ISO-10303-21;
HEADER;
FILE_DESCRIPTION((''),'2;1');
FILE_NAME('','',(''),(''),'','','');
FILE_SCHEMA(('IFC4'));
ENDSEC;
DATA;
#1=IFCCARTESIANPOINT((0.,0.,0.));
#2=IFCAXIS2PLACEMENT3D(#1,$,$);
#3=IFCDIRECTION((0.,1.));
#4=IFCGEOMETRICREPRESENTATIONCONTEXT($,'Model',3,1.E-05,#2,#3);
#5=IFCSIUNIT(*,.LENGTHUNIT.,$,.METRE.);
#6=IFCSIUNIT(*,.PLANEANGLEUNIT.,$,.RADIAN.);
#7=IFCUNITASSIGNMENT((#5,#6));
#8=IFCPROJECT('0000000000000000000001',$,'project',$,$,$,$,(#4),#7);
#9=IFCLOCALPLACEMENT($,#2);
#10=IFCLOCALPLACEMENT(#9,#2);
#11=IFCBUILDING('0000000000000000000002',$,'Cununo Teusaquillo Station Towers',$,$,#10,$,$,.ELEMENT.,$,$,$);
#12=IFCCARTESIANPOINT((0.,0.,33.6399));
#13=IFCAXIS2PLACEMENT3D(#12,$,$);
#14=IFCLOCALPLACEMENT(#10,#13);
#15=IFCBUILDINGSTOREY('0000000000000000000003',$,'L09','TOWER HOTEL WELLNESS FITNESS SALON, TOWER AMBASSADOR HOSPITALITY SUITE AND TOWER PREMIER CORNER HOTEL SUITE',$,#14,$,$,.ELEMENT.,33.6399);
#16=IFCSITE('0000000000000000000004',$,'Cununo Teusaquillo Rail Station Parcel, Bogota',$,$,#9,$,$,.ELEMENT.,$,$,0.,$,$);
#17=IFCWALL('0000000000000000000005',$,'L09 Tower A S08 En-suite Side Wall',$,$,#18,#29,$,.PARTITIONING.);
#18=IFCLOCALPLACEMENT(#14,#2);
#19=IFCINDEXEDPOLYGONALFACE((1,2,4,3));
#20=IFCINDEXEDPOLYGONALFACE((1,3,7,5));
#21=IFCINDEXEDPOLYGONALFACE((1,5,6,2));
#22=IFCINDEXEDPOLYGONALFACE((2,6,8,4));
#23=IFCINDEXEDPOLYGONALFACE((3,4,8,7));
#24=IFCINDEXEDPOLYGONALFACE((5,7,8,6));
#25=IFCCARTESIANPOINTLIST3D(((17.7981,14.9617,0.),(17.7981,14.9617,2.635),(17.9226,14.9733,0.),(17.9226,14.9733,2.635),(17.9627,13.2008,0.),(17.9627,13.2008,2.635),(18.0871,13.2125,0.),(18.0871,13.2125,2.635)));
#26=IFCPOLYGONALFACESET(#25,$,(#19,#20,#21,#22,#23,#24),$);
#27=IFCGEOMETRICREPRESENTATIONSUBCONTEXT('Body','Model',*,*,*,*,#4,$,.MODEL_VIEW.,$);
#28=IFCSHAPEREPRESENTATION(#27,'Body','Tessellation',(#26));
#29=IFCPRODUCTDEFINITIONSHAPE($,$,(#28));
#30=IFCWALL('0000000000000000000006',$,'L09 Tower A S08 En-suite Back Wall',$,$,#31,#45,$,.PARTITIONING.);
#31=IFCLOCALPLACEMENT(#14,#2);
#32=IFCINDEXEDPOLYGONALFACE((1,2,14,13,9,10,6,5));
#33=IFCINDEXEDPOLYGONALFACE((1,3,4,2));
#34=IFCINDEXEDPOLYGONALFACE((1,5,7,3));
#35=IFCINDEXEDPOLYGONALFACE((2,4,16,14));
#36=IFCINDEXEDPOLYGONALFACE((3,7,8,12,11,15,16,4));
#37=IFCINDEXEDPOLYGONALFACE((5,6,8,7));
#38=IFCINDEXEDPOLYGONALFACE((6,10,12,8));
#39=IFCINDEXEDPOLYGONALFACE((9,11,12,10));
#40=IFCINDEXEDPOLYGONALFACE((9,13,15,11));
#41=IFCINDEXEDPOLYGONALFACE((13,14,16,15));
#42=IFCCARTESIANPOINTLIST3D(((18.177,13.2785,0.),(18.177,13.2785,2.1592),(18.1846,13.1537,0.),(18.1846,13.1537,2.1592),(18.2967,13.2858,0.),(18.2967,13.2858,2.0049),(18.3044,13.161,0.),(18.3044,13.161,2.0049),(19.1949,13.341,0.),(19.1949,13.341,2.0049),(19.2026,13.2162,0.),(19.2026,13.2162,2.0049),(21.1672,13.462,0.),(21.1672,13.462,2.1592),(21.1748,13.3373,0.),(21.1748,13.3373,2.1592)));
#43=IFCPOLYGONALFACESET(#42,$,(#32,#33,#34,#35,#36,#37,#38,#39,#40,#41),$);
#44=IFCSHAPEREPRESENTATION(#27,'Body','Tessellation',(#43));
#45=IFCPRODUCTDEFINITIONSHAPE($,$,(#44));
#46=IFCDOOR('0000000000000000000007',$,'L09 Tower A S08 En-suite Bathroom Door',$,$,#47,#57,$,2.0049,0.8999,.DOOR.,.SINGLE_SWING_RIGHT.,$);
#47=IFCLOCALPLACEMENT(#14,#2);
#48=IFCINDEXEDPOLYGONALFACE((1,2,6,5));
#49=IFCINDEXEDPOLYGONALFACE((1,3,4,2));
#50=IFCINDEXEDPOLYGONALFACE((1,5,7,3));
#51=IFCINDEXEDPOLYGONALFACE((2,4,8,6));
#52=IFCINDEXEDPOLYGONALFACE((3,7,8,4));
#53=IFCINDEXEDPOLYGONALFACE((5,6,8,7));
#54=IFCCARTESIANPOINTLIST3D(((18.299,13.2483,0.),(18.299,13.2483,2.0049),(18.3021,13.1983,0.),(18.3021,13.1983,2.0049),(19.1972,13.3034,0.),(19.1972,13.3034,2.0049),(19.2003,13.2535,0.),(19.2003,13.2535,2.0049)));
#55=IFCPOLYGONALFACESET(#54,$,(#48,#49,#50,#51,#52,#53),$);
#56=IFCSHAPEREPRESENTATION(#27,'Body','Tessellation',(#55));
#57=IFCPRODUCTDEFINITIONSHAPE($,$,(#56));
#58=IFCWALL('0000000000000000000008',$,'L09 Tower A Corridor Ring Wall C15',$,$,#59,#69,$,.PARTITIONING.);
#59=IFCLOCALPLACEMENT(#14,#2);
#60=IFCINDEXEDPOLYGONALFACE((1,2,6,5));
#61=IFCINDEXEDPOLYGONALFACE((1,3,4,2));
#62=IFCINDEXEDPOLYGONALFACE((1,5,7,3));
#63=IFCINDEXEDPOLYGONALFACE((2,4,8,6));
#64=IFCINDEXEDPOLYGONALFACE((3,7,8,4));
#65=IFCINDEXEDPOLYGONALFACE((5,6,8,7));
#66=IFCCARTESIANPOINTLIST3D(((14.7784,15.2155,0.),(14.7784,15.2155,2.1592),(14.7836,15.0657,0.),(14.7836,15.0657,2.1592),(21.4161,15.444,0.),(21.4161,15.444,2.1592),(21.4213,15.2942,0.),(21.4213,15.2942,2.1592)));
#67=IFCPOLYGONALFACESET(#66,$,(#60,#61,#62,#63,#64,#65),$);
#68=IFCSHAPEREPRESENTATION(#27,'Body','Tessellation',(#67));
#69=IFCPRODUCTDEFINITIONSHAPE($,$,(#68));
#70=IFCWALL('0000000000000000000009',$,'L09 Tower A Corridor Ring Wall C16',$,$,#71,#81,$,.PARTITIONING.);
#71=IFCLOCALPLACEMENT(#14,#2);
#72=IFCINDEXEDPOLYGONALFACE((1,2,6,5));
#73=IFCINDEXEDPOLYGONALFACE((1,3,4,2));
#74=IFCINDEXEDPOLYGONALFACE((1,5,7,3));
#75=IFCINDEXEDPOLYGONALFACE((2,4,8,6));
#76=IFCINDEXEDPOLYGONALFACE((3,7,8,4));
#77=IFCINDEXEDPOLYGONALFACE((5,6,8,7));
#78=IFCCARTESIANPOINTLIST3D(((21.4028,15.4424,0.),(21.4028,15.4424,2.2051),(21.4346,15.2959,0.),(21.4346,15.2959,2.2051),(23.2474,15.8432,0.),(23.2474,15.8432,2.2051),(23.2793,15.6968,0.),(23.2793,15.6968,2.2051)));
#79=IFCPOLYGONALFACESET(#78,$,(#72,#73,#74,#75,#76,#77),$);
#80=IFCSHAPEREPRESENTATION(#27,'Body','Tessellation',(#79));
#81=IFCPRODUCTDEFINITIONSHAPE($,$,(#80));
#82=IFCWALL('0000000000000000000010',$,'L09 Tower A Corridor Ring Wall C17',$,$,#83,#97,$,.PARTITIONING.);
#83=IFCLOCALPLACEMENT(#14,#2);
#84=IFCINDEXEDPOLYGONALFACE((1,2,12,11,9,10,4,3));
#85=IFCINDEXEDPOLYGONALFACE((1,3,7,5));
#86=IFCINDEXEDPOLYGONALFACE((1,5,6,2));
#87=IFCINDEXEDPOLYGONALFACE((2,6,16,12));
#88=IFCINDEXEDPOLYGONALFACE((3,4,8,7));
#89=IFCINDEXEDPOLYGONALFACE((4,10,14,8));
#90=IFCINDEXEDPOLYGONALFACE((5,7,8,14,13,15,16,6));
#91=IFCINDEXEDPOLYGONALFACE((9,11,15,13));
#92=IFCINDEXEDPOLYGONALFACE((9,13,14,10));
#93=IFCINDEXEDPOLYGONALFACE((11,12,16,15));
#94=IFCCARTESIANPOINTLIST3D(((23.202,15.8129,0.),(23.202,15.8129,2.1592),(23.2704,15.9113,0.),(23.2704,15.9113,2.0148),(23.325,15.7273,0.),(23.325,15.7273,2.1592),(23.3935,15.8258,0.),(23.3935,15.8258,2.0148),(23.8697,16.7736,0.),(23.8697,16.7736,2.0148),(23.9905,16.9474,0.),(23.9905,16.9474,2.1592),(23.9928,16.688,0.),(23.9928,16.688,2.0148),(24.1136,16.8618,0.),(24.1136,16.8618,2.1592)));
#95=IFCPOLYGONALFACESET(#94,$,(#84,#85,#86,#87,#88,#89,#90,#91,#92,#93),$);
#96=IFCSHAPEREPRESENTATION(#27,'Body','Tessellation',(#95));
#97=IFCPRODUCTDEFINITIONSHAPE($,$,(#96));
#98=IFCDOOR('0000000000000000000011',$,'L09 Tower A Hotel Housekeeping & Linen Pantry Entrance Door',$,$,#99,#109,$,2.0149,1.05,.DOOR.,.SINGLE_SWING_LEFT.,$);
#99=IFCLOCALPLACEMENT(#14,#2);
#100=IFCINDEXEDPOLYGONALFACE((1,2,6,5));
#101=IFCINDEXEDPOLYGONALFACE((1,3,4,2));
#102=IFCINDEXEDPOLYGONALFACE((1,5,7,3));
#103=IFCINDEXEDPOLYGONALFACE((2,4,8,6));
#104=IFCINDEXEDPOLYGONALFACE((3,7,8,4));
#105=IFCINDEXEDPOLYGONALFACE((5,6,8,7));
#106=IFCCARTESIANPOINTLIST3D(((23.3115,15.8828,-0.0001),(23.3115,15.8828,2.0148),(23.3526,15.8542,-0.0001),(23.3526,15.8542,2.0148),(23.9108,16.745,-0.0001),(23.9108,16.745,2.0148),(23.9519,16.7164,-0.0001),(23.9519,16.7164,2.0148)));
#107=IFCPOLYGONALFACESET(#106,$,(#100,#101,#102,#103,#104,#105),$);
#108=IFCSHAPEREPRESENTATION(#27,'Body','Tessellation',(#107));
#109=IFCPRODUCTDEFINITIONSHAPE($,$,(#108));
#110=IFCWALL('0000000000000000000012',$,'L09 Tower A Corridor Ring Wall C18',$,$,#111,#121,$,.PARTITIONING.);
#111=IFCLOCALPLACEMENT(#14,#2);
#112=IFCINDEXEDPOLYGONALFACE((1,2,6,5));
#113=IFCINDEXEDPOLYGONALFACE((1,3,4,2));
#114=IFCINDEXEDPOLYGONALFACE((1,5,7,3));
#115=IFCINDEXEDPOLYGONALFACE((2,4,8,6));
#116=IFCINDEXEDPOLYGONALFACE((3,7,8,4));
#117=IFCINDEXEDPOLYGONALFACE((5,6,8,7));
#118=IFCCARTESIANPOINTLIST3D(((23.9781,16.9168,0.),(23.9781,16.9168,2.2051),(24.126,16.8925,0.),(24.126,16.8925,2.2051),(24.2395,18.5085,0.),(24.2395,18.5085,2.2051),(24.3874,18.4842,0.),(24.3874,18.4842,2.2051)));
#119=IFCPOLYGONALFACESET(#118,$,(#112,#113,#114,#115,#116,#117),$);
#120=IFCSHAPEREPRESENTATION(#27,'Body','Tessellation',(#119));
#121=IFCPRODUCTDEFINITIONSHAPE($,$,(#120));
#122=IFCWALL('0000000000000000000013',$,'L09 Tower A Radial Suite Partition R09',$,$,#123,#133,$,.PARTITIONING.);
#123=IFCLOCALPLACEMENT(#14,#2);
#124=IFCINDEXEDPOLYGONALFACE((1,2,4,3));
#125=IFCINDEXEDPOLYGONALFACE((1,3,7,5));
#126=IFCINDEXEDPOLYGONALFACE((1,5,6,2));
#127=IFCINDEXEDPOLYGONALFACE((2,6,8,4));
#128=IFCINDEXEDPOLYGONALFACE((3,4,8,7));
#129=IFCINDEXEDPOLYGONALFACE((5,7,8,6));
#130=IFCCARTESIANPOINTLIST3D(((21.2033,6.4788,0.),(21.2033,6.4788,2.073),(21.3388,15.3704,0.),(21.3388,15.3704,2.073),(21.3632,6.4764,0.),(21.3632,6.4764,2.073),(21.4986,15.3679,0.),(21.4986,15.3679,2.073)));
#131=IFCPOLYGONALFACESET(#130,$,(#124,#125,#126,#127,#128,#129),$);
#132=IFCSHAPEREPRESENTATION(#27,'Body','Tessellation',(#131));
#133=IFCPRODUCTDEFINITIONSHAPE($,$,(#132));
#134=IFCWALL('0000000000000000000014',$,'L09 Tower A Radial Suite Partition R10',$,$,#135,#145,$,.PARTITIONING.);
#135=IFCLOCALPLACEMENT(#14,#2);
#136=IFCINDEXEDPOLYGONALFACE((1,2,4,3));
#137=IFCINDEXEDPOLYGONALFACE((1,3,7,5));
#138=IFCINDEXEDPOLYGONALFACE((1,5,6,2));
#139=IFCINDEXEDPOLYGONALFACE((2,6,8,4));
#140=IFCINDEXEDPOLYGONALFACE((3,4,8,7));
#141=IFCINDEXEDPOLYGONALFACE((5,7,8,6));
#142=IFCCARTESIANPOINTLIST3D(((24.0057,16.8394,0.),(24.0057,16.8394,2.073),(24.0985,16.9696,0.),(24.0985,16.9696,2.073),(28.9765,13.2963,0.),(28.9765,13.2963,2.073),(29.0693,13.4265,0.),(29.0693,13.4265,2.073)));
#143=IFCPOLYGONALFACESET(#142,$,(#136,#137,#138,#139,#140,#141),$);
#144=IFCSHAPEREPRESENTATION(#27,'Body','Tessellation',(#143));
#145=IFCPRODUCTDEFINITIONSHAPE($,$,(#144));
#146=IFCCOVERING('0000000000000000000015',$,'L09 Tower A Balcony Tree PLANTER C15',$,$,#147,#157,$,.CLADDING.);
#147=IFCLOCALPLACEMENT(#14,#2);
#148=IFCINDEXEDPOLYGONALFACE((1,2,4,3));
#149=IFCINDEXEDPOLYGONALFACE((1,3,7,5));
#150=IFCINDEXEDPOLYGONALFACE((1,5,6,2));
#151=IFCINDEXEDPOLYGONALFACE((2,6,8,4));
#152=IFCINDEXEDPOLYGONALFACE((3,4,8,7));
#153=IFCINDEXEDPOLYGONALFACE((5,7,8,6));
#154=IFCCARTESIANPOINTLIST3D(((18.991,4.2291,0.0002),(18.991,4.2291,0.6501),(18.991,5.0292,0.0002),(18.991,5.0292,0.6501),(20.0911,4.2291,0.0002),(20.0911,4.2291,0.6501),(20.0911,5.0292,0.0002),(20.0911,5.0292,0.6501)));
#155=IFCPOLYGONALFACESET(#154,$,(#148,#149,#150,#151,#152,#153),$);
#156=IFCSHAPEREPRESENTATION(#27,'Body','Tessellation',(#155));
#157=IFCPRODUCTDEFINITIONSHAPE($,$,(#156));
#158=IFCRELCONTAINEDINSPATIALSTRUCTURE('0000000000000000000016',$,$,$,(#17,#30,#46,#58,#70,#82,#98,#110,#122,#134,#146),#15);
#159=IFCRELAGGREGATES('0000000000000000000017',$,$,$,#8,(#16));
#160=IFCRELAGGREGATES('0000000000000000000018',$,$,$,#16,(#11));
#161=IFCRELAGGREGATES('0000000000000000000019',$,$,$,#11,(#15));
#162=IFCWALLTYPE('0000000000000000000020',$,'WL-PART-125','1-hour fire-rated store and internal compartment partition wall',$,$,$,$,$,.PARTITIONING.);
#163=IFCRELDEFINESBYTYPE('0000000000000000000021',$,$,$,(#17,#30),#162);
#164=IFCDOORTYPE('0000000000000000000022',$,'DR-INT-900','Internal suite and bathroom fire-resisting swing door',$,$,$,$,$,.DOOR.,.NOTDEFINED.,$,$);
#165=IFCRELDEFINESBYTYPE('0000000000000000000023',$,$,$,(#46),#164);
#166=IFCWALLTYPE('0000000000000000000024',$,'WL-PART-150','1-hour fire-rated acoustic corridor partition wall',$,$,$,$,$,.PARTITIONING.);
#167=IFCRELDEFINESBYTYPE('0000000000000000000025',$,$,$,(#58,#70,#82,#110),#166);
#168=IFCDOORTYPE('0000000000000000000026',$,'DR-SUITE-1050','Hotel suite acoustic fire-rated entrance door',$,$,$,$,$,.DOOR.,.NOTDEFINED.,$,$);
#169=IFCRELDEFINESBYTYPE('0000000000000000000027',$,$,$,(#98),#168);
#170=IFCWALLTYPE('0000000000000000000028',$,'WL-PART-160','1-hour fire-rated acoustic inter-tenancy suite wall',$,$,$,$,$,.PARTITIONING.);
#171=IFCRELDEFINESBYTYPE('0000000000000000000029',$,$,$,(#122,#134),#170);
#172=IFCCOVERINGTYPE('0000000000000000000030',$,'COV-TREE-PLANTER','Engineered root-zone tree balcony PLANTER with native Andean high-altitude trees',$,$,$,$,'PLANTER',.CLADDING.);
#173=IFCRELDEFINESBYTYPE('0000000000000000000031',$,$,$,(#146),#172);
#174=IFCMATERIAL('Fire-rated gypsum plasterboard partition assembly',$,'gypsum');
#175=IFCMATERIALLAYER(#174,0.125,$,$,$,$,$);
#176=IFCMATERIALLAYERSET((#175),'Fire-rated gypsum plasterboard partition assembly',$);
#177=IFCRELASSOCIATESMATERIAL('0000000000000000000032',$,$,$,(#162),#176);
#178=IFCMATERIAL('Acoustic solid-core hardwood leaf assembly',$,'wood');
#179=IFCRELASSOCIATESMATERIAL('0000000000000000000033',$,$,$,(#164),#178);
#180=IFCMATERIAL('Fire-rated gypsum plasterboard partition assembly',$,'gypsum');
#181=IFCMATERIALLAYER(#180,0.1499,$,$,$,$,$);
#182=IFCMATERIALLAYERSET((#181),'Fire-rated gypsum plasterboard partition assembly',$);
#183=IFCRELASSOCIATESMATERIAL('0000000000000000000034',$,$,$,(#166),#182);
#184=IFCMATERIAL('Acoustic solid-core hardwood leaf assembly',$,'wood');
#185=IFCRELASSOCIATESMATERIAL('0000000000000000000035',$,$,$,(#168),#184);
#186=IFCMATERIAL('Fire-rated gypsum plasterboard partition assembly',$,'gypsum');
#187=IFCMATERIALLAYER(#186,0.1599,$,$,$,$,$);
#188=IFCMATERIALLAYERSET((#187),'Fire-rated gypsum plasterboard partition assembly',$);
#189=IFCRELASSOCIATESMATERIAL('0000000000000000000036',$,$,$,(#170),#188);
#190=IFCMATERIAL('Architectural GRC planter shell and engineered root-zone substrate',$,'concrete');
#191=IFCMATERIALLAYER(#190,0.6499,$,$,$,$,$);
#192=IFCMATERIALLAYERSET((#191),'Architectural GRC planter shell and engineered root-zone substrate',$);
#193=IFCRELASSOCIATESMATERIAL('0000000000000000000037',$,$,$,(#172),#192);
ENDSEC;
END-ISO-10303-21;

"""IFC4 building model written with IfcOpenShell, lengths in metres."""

from ifc_helpers import new_model, si_unit, direction, frame, frame_2d, origin, origin_2d, place, context, subcontext, project, spatial, rectangle, extrude, source, transform, mapped, material, layer, layer_set, type_object, element, fill, save


model = new_model("IFC4")

# Units and contexts
model_context = context("Model", 3, precision=1e-05, world=origin(), true_north=direction((0.0, 1.0)))
body_context = subcontext(model_context, "Body", "Model", "MODEL_VIEW")
ifc_project = project(units=[si_unit("LENGTHUNIT", "METRE"), si_unit("PLANEANGLEUNIT", "RADIAN")], contexts=[model_context])

# Site, building, storey
site_placement = place(None, origin())
site = spatial("IfcSite", under=ifc_project, at=site_placement, Name="Cununo Teusaquillo Rail Station Parcel, Bogota", CompositionType="ELEMENT", RefElevation=0.0)
building_placement = place(site_placement, origin())
building = spatial("IfcBuilding", under=site, at=building_placement, Name="Cununo Teusaquillo Station Towers", CompositionType="ELEMENT")
storey_placement = place(building_placement, frame((0.0, 0.0, 33.6399)))
storey = spatial("IfcBuildingStorey", under=building, at=storey_placement, Name="L09", Description="TOWER HOTEL WELLNESS FITNESS SALON, TOWER AMBASSADOR HOSPITALITY SUITE AND TOWER PREMIER CORNER HOTEL SUITE", CompositionType="ELEMENT", Elevation=33.6399)

# Shared definitions
ifc_material_1 = material(Name="Fire-rated gypsum plasterboard partition assembly", Category="gypsum")
ifc_layer_1 = layer(ifc_material_1, 0.125)
ifc_layer_set_1 = layer_set([ifc_layer_1], Name="Fire-rated gypsum plasterboard partition assembly")
wall_type_1 = type_object("IfcWallType", Name="WL-PART-125", Description="1-hour fire-rated store and internal compartment partition wall", PredefinedType="PARTITIONING", material=ifc_layer_set_1)
shared_shape_1 = source(origin(), body_context, "Body", "SweptSolid", [
    extrude(rectangle(XDim=0.8999, YDim=2.0049, at=frame_2d((0.45, 1.0024))), frame((0.0, 0.0725, 0.0), z_axis=(0.0, -1.0, 0.0), x_axis=(1.0, 0.0, 0.0)), (0.0, 0.0, 1.0), 0.145),
])
ifc_material_2 = material(Name="Acoustic solid-core hardwood leaf assembly", Category="wood")
door_type_1 = type_object("IfcDoorType", Name="DR-INT-900", Description="Internal suite and bathroom fire-resisting swing door", OperationType="NOTDEFINED", PredefinedType="DOOR", material=ifc_material_2)
shared_shape_2 = source(origin(), body_context, "Body", "SweptSolid", [
    extrude(rectangle(XDim=0.8999, YDim=2.0049, at=frame_2d((0.45, 1.0024))), frame((0.0, 0.0249, 0.0), z_axis=(0.0, -1.0, 0.0), x_axis=(1.0, 0.0, 0.0)), (0.0, 0.0, 1.0), 0.05),
])

# Wall
wall_1_placement = place(storey_placement, frame((17.8604, 14.9675, 0.0), z_axis=(0.0, 0.0, 1.0), x_axis=(0.093037, -0.995663, 0.0)))
element("IfcWall", 1, at=wall_1_placement, inside=storey, type_object=wall_type_1, Name="L09 Tower A S08 En-suite Side Wall", PredefinedType="PARTITIONING", context=body_context, shape_type="SweptSolid", body=[
    extrude(rectangle(XDim=1.7686, YDim=0.125, at=frame_2d((0.8843, 0.0))), origin(), (0.0, 0.0, 1.0), 2.635),
])

# Wall, opening, door
wall_2_placement = place(storey_placement, frame((18.1807, 13.2161, 0.0), z_axis=(0.0, 0.0, 1.0), x_axis=(0.99812, 0.061282, 0.0)))
wall_2 = element("IfcWall", 2, at=wall_2_placement, inside=storey, type_object=wall_type_1, Name="L09 Tower A S08 En-suite Back Wall", PredefinedType="PARTITIONING", context=body_context, shape_type="SweptSolid", body=[
    extrude(rectangle(XDim=2.9958, YDim=0.125, at=frame_2d((1.498, 0.0))), origin(), (0.0, 0.0, 1.0), 2.1592),
])
opening_1_placement = place(wall_2_placement, frame((0.1201, 0.0, 0.0)))
opening_1 = element("IfcOpeningElement", 3, at=opening_1_placement, cuts=wall_2, PredefinedType="OPENING", context=body_context, shape_type="MappedRepresentation", body=[
    mapped(shared_shape_1, transform((0.0, 0.0, 0.0), x_axis=(1.0, 0.0, 0.0), y_axis=(0.0, 1.0, 0.0), z_axis=(0.0, 0.0, 1.0), scale=1.0)),
])
door_1_placement = place(opening_1_placement, origin())
door_1 = element("IfcDoor", 4, at=door_1_placement, inside=storey, type_object=door_type_1, Name="L09 Tower A S08 En-suite Bathroom Door", OperationType="SINGLE_SWING_RIGHT", OverallHeight=2.0049, OverallWidth=0.8999, PredefinedType="DOOR", context=body_context, shape_type="MappedRepresentation", body=[
    mapped(shared_shape_2, transform((0.0, 0.0, 0.0), x_axis=(1.0, 0.0, 0.0), y_axis=(0.0, 1.0, 0.0), z_axis=(0.0, 0.0, 1.0), scale=1.0)),
])
fill(opening_1, door_1)

# Walls
ifc_material_3 = material(Name="Fire-rated gypsum plasterboard partition assembly", Category="gypsum")
ifc_layer_2 = layer(ifc_material_3, 0.1499)
ifc_layer_set_2 = layer_set([ifc_layer_2], Name="Fire-rated gypsum plasterboard partition assembly")
wall_type_2 = type_object("IfcWallType", Name="WL-PART-150", Description="1-hour fire-rated acoustic corridor partition wall", PredefinedType="PARTITIONING", material=ifc_layer_set_2)
wall_3_placement = place(storey_placement, frame((14.781, 15.1406, 0.0), z_axis=(0.0, 0.0, 1.0), x_axis=(0.999408, 0.034407, 0.0)))
element("IfcWall", 5, at=wall_3_placement, inside=storey, type_object=wall_type_2, Name="L09 Tower A Corridor Ring Wall C15", PredefinedType="PARTITIONING", context=body_context, shape_type="SweptSolid", body=[
    extrude(rectangle(XDim=6.6416, YDim=0.1499, at=frame_2d((3.3208, 0.0))), origin(), (0.0, 0.0, 1.0), 2.1592),
])
wall_4_placement = place(storey_placement, frame((21.4187, 15.3691, 0.0), z_axis=(0.0, 0.0, 1.0), x_axis=(0.977193, 0.212354, 0.0)))
element("IfcWall", 6, at=wall_4_placement, inside=storey, type_object=wall_type_2, Name="L09 Tower A Corridor Ring Wall C16", PredefinedType="PARTITIONING", context=body_context, shape_type="SweptSolid", body=[
    extrude(rectangle(XDim=1.8877, YDim=0.1499, at=frame_2d((0.9438, 0.0))), origin(), (0.0, 0.0, 1.0), 2.2051),
])

# Wall, opening, door
wall_5_placement = place(storey_placement, frame((23.2634, 15.77, 0.0), z_axis=(0.0, 0.0, 1.0), x_axis=(0.570743, 0.821128, 0.0)))
wall_5 = element("IfcWall", 7, at=wall_5_placement, inside=storey, type_object=wall_type_2, Name="L09 Tower A Corridor Ring Wall C17", PredefinedType="PARTITIONING", context=body_context, shape_type="SweptSolid", body=[
    extrude(rectangle(XDim=1.3816, YDim=0.1499, at=frame_2d((0.6909, 0.0))), origin(), (0.0, 0.0, 1.0), 2.1592),
])
shared_shape_3 = source(origin(), body_context, "Body", "SweptSolid", [
    extrude(rectangle(XDim=1.05, YDim=2.0149, at=frame_2d((0.5249, 1.0073))), frame((0.0, 0.085, 0.0), z_axis=(0.0, -1.0, 0.0), x_axis=(1.0, 0.0, 0.0)), (0.0, 0.0, 1.0), 0.1699),
])
opening_2_placement = place(wall_5_placement, frame((0.1201, 0.0, 0.0)))
opening_2 = element("IfcOpeningElement", 8, at=opening_2_placement, cuts=wall_5, PredefinedType="OPENING", context=body_context, shape_type="MappedRepresentation", body=[
    mapped(shared_shape_3, transform((0.0, 0.0, 0.0), x_axis=(1.0, 0.0, 0.0), y_axis=(0.0, 1.0, 0.0), z_axis=(0.0, 0.0, 1.0), scale=1.0)),
])
ifc_material_4 = material(Name="Acoustic solid-core hardwood leaf assembly", Category="wood")
door_type_2 = type_object("IfcDoorType", Name="DR-SUITE-1050", Description="Hotel suite acoustic fire-rated entrance door", OperationType="NOTDEFINED", PredefinedType="DOOR", material=ifc_material_4)
shared_shape_4 = source(origin(), body_context, "Body", "SweptSolid", [
    extrude(rectangle(XDim=1.05, YDim=2.0149, at=frame_2d((0.5249, 1.0073))), frame((0.0, 0.0249, 0.0), z_axis=(0.0, -1.0, 0.0), x_axis=(1.0, 0.0, 0.0)), (0.0, 0.0, 1.0), 0.05),
])
door_2_placement = place(opening_2_placement, origin())
door_2 = element("IfcDoor", 9, at=door_2_placement, inside=storey, type_object=door_type_2, Name="L09 Tower A Hotel Housekeeping & Linen Pantry Entrance Door", OperationType="SINGLE_SWING_LEFT", OverallHeight=2.0149, OverallWidth=1.05, PredefinedType="DOOR", context=body_context, shape_type="MappedRepresentation", body=[
    mapped(shared_shape_4, transform((0.0, 0.0, 0.0), x_axis=(1.0, 0.0, 0.0), y_axis=(0.0, 1.0, 0.0), z_axis=(0.0, 0.0, 1.0), scale=1.0)),
])
fill(opening_2, door_2)

# Walls
wall_6_placement = place(storey_placement, frame((24.052, 16.9045, 0.0), z_axis=(0.0, 0.0, 1.0), x_axis=(0.162092, 0.986776, 0.0)))
element("IfcWall", 10, at=wall_6_placement, inside=storey, type_object=wall_type_2, Name="L09 Tower A Corridor Ring Wall C18", PredefinedType="PARTITIONING", context=body_context, shape_type="SweptSolid", body=[
    extrude(rectangle(XDim=1.613, YDim=0.1499, at=frame_2d((0.8066, 0.0))), origin(), (0.0, 0.0, 1.0), 2.2051),
])
ifc_material_5 = material(Name="Fire-rated gypsum plasterboard partition assembly", Category="gypsum")
ifc_layer_3 = layer(ifc_material_5, 0.1599)
ifc_layer_set_3 = layer_set([ifc_layer_3], Name="Fire-rated gypsum plasterboard partition assembly")
wall_type_3 = type_object("IfcWallType", Name="WL-PART-160", Description="1-hour fire-rated acoustic inter-tenancy suite wall", PredefinedType="PARTITIONING", material=ifc_layer_set_3)
wall_7_placement = place(storey_placement, frame((21.4187, 15.3691, 0.0), z_axis=(0.0, 0.0, 1.0), x_axis=(-0.015237, -0.999884, 0.0)))
element("IfcWall", 11, at=wall_7_placement, inside=storey, type_object=wall_type_3, Name="L09 Tower A Radial Suite Partition R09", PredefinedType="PARTITIONING", context=body_context, shape_type="SweptSolid", body=[
    extrude(rectangle(XDim=8.8926, YDim=0.1599, at=frame_2d((4.4463, 0.0))), origin(), (0.0, 0.0, 1.0), 2.073),
])
wall_8_placement = place(storey_placement, frame((24.052, 16.9045, 0.0), z_axis=(0.0, 0.0, 1.0), x_axis=(0.814317, -0.580421, 0.0)))
element("IfcWall", 12, at=wall_8_placement, inside=storey, type_object=wall_type_3, Name="L09 Tower A Radial Suite Partition R10", PredefinedType="PARTITIONING", context=body_context, shape_type="SweptSolid", body=[
    extrude(rectangle(XDim=6.1042, YDim=0.1599, at=frame_2d((3.0522, 0.0))), origin(), (0.0, 0.0, 1.0), 2.073),
])

# Covering
ifc_material_6 = material(Name="Architectural GRC planter shell and engineered root-zone substrate", Category="concrete")
ifc_layer_4 = layer(ifc_material_6, 0.6499)
ifc_layer_set_4 = layer_set([ifc_layer_4], Name="Architectural GRC planter shell and engineered root-zone substrate")
covering_type = type_object("IfcCoveringType", Name="COV-TREE-PLANTER", Description="Engineered root-zone tree balcony PLANTER with native Andean high-altitude trees", ElementType="PLANTER", PredefinedType="CLADDING", material=ifc_layer_set_4)
shared_shape_5 = source(origin(), body_context, "Body", "SweptSolid", [
    extrude(rectangle(XDim=1.1001, YDim=0.8, at=origin_2d()), origin(), (0.0, 0.0, 1.0), 0.6499),
])
covering_placement = place(storey_placement, frame((19.541, 4.6292, 0.0002), z_axis=(0.0, 0.0, 1.0), x_axis=(1.0, 0.0, 0.0)))
element("IfcCovering", 13, at=covering_placement, inside=storey, type_object=covering_type, Name="L09 Tower A Balcony Tree PLANTER C15", PredefinedType="CLADDING", context=body_context, shape_type="MappedRepresentation", body=[
    mapped(shared_shape_5, transform((0.0, 0.0, 0.0), x_axis=(1.0, 0.0, 0.0), y_axis=(0.0, 1.0, 0.0), z_axis=(0.0, 0.0, 1.0), scale=1.0)),
])

save(model, "model.ifc")
